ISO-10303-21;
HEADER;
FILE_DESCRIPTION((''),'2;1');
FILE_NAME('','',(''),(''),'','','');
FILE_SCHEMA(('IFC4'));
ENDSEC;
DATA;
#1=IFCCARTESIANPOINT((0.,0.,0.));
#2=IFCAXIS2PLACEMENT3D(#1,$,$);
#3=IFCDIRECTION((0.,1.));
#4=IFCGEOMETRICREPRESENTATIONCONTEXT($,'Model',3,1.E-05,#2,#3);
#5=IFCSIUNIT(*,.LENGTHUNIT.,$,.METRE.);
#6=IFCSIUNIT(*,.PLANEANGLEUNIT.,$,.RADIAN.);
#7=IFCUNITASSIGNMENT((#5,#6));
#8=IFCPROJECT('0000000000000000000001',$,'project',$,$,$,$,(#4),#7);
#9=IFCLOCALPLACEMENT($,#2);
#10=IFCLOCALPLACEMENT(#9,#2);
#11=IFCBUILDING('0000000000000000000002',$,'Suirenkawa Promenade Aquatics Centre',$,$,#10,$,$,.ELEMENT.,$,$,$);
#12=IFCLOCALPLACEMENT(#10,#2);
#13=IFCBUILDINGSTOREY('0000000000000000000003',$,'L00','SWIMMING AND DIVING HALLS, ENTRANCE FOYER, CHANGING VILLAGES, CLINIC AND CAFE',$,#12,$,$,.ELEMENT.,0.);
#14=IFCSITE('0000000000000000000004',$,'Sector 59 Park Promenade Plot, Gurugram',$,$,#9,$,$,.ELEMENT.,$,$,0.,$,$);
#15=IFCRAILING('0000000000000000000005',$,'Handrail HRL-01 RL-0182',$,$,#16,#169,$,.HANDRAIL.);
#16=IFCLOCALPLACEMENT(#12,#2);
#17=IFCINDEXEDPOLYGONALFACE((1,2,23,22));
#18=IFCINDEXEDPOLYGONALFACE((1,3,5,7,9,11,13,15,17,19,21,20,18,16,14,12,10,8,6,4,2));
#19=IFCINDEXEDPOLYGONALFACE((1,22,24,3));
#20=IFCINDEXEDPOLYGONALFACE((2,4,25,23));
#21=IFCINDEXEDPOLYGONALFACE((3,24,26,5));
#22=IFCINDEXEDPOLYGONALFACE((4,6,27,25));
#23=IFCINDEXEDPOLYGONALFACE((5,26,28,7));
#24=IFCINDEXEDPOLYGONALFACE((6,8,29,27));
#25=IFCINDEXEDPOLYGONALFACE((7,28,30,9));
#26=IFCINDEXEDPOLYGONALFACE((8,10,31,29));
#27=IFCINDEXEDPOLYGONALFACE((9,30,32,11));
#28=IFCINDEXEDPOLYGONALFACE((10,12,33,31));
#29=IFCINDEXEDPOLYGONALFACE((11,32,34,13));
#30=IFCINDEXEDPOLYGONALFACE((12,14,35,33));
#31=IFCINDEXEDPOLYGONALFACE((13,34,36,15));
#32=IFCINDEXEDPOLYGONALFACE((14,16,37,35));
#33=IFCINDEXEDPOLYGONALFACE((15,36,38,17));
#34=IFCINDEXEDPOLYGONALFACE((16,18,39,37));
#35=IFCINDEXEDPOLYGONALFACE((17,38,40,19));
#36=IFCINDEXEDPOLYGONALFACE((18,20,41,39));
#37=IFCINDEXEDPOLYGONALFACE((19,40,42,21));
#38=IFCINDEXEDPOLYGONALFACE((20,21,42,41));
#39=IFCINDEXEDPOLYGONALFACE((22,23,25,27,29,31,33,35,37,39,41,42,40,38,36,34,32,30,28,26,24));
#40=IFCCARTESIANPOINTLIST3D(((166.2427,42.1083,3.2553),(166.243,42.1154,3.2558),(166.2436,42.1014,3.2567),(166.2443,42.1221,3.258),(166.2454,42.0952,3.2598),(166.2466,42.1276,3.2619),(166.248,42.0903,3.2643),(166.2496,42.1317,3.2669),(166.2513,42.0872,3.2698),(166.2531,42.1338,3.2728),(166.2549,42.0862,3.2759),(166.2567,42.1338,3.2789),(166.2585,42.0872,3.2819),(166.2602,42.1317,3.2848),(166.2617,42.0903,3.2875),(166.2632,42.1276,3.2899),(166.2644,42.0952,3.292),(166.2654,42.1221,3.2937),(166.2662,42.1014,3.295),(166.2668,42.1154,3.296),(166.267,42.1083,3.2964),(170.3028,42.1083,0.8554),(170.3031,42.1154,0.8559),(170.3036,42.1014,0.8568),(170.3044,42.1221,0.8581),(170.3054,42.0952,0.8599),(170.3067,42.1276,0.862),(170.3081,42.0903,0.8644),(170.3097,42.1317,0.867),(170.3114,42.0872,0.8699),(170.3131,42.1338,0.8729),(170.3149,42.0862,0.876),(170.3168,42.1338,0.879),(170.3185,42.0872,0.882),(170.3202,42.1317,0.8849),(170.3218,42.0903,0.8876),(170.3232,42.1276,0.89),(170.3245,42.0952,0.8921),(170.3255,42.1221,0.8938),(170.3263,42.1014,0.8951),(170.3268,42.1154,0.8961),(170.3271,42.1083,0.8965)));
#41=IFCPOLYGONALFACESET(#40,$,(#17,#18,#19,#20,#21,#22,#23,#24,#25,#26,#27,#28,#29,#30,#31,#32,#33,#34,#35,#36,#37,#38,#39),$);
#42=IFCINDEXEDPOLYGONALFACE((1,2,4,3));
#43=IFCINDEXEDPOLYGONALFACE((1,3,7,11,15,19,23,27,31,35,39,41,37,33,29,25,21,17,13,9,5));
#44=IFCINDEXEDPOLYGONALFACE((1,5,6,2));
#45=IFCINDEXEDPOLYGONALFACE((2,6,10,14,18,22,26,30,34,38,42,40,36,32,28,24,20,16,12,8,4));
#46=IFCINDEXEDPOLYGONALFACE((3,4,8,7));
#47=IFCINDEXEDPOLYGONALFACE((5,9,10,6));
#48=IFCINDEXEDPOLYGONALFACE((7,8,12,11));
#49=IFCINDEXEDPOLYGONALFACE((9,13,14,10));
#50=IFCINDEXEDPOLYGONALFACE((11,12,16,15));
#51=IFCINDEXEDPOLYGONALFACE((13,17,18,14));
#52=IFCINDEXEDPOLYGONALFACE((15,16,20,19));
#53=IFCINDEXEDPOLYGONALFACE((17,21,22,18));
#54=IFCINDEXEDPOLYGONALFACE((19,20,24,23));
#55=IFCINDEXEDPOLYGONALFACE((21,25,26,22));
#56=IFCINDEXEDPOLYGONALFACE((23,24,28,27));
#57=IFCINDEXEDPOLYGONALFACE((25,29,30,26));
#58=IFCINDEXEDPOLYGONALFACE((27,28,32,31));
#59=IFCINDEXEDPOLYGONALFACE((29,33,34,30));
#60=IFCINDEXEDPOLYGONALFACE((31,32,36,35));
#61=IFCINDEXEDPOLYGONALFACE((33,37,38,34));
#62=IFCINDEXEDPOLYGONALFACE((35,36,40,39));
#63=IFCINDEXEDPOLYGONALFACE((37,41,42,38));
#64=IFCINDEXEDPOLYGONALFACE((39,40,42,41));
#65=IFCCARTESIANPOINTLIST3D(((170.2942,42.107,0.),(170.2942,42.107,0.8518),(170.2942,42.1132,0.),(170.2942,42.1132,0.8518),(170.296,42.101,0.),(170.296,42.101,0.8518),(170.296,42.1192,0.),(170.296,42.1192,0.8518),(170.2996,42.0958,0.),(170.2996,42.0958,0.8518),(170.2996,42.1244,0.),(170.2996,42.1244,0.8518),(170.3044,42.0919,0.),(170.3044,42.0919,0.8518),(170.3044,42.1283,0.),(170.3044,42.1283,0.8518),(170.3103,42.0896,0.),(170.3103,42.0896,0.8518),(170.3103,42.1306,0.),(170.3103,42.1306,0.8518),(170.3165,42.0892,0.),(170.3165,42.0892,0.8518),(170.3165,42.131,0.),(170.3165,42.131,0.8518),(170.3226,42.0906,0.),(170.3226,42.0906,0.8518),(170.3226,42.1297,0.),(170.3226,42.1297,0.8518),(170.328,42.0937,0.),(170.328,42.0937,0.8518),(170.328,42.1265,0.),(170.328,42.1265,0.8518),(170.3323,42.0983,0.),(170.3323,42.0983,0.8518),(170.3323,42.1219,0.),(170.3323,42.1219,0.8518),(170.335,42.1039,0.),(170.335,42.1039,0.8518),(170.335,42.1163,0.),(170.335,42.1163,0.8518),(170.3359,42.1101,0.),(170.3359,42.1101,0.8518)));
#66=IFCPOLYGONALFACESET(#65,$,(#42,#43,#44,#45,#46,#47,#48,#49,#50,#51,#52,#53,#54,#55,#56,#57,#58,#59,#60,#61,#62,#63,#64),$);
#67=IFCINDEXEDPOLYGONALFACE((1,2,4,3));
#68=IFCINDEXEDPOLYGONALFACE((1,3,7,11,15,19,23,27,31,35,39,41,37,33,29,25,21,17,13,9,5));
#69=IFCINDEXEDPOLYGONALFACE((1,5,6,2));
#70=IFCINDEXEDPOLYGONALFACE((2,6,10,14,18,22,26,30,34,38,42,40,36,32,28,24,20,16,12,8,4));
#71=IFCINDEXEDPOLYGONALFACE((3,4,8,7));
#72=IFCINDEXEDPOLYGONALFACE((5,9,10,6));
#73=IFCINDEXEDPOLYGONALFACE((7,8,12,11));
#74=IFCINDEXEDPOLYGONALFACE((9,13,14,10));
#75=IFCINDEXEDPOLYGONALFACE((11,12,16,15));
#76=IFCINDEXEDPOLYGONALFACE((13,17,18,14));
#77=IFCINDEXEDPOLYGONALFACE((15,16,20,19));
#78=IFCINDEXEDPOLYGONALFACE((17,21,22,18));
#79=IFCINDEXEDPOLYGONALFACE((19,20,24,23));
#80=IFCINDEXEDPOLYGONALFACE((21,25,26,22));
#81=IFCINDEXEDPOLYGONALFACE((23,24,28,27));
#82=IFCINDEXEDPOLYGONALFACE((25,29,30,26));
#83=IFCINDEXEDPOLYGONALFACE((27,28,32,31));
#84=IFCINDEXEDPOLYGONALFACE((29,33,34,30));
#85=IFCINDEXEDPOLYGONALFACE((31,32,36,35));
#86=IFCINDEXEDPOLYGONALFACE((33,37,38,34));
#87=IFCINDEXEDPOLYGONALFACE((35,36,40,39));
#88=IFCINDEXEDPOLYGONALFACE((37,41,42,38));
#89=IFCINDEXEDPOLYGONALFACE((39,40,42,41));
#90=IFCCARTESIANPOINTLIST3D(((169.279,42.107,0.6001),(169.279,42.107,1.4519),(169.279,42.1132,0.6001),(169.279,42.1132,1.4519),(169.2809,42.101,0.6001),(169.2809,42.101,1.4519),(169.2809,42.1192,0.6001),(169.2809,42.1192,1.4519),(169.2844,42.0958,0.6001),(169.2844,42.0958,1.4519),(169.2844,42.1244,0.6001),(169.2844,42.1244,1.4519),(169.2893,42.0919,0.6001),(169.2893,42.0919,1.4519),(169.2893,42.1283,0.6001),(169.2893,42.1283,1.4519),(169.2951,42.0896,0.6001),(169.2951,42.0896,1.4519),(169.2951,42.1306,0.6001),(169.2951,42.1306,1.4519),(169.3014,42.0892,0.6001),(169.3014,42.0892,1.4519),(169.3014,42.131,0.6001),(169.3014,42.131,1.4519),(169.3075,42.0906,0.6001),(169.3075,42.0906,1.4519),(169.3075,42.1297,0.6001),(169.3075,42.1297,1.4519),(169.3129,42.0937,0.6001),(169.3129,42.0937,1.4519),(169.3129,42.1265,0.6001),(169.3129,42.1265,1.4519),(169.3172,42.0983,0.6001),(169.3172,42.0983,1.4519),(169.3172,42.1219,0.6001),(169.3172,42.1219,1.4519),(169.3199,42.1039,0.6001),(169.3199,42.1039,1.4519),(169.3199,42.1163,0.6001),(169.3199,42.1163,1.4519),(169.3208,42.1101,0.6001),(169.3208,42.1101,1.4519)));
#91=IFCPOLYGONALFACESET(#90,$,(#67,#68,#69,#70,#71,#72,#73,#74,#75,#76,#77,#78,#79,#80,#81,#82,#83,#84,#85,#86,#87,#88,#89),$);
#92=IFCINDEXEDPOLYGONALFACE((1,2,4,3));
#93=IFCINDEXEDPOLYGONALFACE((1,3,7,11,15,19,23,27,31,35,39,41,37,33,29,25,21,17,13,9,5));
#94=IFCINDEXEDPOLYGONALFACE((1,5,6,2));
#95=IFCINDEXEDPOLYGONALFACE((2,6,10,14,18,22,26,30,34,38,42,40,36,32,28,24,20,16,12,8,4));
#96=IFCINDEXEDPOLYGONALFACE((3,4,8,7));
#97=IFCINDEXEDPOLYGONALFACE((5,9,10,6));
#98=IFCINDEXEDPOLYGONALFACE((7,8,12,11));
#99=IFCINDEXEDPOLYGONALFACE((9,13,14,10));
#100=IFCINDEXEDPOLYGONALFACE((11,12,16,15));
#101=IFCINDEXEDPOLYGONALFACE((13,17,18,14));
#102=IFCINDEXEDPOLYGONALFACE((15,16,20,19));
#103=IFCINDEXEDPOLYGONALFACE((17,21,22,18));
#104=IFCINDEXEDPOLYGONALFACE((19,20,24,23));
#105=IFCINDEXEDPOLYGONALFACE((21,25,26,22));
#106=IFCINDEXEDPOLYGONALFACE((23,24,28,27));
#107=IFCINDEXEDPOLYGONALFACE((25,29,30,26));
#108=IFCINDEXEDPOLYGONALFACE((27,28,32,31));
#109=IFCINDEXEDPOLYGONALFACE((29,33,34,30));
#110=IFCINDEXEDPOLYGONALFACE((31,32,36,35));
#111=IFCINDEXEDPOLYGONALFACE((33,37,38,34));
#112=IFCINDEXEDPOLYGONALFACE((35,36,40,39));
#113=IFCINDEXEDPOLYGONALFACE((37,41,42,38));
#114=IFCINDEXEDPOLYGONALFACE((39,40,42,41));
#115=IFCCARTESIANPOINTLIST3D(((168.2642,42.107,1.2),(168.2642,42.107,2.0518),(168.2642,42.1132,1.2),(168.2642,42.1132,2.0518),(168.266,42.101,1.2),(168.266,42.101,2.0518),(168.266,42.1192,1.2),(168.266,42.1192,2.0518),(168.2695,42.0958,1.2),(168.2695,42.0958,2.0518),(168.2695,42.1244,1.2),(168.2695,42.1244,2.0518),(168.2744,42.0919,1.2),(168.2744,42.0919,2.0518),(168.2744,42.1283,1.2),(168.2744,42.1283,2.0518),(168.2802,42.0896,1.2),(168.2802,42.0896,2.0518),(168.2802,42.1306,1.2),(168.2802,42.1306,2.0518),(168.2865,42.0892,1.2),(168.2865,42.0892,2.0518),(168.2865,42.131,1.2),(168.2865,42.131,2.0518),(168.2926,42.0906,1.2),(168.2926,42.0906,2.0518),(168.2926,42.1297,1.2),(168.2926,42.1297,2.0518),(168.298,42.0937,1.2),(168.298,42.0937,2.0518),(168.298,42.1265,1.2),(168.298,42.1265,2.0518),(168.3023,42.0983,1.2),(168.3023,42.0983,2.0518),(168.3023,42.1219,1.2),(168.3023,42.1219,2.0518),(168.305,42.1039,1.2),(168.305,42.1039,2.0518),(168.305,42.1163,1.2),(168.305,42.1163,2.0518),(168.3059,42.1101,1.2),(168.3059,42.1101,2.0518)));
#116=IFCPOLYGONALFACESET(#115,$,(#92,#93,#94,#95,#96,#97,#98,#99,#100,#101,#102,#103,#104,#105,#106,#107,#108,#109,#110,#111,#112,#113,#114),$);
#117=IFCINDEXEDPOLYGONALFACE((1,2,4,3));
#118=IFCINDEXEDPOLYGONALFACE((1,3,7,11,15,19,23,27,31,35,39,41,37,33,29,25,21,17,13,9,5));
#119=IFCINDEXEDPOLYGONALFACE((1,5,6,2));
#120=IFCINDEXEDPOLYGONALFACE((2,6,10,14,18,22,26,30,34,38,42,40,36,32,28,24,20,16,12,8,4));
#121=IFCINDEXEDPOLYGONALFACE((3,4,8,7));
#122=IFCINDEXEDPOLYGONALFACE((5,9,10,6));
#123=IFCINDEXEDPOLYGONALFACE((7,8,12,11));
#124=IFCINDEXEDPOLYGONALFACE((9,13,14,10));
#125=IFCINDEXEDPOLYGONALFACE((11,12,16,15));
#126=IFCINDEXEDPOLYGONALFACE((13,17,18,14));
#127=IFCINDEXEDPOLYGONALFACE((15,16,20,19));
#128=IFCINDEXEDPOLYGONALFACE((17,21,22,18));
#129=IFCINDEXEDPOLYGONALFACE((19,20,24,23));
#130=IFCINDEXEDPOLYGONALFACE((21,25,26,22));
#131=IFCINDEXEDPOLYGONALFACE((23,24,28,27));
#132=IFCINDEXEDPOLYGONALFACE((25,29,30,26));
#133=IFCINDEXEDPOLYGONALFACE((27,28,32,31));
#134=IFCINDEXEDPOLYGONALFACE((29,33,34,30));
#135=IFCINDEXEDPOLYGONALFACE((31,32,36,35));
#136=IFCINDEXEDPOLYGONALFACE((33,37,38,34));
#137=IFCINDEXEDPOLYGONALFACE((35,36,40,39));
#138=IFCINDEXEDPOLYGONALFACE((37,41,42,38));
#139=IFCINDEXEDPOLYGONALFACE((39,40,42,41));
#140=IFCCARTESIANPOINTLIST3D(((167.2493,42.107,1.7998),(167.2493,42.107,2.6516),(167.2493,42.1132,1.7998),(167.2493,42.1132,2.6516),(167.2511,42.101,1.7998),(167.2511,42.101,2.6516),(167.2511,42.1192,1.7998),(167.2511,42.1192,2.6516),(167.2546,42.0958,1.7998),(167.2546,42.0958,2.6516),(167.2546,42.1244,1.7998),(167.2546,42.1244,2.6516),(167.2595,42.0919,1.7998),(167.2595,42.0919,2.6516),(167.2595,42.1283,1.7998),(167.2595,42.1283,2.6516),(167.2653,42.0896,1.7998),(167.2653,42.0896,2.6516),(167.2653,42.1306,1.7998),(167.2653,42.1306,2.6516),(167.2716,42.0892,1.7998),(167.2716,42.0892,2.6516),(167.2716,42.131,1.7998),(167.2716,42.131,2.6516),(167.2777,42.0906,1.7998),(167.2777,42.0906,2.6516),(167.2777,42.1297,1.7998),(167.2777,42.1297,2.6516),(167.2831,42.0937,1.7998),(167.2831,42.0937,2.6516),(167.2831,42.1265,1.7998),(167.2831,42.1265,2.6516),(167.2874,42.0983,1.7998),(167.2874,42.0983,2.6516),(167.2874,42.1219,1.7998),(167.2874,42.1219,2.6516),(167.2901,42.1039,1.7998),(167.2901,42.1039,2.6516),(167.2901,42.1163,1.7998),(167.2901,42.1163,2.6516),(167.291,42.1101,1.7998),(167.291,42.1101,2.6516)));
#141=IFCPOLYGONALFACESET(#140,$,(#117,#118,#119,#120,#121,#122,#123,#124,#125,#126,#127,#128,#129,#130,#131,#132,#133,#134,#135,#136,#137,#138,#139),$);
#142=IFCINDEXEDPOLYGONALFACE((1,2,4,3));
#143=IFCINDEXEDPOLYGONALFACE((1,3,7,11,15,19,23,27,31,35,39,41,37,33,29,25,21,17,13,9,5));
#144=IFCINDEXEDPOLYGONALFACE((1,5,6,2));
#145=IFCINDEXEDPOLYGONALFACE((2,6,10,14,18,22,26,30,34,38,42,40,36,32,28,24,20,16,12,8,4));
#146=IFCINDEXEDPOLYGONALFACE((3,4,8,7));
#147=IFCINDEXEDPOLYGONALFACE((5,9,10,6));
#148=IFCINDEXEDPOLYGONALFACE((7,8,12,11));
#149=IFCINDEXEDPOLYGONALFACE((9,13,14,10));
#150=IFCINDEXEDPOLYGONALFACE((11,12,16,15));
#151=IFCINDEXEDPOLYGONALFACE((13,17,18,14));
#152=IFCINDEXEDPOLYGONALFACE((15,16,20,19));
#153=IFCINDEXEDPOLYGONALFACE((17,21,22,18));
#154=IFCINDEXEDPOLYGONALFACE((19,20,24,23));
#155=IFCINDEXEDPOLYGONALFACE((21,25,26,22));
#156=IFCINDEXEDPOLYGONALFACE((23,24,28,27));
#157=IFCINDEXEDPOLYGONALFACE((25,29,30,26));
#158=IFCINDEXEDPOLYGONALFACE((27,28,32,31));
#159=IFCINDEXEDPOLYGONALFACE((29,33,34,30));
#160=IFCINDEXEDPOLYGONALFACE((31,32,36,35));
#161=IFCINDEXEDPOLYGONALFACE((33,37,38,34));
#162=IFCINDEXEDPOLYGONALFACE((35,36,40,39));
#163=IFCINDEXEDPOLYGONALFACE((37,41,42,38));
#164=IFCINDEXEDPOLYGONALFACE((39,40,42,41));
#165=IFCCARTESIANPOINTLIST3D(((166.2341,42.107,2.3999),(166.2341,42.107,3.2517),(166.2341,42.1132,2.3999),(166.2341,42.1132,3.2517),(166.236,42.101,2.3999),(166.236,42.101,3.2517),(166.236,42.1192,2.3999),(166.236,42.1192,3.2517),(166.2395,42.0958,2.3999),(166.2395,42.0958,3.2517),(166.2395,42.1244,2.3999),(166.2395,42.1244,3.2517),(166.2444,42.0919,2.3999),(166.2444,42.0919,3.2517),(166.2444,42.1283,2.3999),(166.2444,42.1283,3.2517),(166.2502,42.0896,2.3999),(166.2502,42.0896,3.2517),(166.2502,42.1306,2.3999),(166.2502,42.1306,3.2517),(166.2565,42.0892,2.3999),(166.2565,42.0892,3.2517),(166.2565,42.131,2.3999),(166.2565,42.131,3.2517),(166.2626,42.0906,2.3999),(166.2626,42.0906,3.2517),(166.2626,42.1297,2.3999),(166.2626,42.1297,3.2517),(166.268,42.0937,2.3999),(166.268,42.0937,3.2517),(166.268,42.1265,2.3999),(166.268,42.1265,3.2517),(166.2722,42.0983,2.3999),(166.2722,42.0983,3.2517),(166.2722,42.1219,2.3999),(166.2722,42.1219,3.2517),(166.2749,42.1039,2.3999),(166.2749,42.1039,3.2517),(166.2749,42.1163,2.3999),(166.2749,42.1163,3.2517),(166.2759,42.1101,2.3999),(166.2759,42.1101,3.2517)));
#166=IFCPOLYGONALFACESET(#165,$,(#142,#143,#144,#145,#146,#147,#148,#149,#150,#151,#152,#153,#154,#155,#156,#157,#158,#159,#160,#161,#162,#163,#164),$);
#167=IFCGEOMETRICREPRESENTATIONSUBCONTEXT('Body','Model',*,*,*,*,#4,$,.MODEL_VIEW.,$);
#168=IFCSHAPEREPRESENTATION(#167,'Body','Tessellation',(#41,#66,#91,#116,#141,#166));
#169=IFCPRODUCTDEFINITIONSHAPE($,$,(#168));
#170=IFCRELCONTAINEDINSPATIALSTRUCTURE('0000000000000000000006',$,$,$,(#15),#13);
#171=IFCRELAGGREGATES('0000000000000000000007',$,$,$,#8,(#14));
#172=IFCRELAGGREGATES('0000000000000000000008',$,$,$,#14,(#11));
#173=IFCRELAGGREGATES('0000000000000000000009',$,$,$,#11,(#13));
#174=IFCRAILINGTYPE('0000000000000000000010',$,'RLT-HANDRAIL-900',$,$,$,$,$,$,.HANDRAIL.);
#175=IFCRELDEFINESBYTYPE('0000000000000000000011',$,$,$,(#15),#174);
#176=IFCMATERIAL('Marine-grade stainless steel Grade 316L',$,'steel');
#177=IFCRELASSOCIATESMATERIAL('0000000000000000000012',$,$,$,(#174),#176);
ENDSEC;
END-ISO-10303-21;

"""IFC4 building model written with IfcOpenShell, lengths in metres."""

from ifc_helpers import new_model, si_unit, direction, frame, origin, origin_2d, place, context, subcontext, project, spatial, circle, extrude, material, type_object, element, save


model = new_model("IFC4")

# Units and contexts
model_context = context("Model", 3, precision=1e-05, world=origin(), true_north=direction((0.0, 1.0)))
body_context = subcontext(model_context, "Body", "Model", "MODEL_VIEW")
ifc_project = project(units=[si_unit("LENGTHUNIT", "METRE"), si_unit("PLANEANGLEUNIT", "RADIAN")], contexts=[model_context])

# Site, building, storey
site_placement = place(None, origin())
site = spatial("IfcSite", under=ifc_project, at=site_placement, Name="Sector 59 Park Promenade Plot, Gurugram", CompositionType="ELEMENT", RefElevation=0.0)
building_placement = place(site_placement, origin())
building = spatial("IfcBuilding", under=site, at=building_placement, Name="Suirenkawa Promenade Aquatics Centre", CompositionType="ELEMENT")
storey_placement = place(building_placement, origin())
storey = spatial("IfcBuildingStorey", under=building, at=storey_placement, Name="L00", Description="SWIMMING AND DIVING HALLS, ENTRANCE FOYER, CHANGING VILLAGES, CLINIC AND CAFE", CompositionType="ELEMENT", Elevation=0.0)

# Shared definitions
ifc_material_1 = material(Name="Marine-grade stainless steel Grade 316L", Category="steel")

# Railing
railing_type_1 = type_object("IfcRailingType", Name="RLT-HANDRAIL-900", PredefinedType="HANDRAIL", material=ifc_material_1)
for number, where, name in (
    (1, (170.3149, 42.1101, 0.0), "Handrail HRL-01 RL-0182"),
):
    element("IfcRailing", number, at=place(storey_placement, frame(where)), inside=storey, type_object=railing_type_1, Name=name, PredefinedType="HANDRAIL", context=body_context, shape_type="SweptSolid", body=[
        extrude(circle(Radius=0.0239, at=origin_2d()), frame((0.0, 0.0, 0.876), z_axis=(-0.860854, 0.0, 0.508851), x_axis=(0.0, -1.0, 0.0)), (0.0, 0.0, 1.0), 4.7163),
        extrude(circle(Radius=0.021, at=origin_2d()), origin(), (0.0, 0.0, 1.0), 0.8518),
        extrude(circle(Radius=0.021, at=origin_2d()), frame((-1.0151, 0.0, 0.6001)), (0.0, 0.0, 1.0), 0.8518),
        extrude(circle(Radius=0.021, at=origin_2d()), frame((-2.03, 0.0, 1.2)), (0.0, 0.0, 1.0), 0.8518),
        extrude(circle(Radius=0.021, at=origin_2d()), frame((-3.0449, 0.0, 1.7998)), (0.0, 0.0, 1.0), 0.8518),
        extrude(circle(Radius=0.021, at=origin_2d()), frame((-4.0601, 0.0, 2.3999)), (0.0, 0.0, 1.0), 0.8518),
    ])

save(model, "model.ifc")
